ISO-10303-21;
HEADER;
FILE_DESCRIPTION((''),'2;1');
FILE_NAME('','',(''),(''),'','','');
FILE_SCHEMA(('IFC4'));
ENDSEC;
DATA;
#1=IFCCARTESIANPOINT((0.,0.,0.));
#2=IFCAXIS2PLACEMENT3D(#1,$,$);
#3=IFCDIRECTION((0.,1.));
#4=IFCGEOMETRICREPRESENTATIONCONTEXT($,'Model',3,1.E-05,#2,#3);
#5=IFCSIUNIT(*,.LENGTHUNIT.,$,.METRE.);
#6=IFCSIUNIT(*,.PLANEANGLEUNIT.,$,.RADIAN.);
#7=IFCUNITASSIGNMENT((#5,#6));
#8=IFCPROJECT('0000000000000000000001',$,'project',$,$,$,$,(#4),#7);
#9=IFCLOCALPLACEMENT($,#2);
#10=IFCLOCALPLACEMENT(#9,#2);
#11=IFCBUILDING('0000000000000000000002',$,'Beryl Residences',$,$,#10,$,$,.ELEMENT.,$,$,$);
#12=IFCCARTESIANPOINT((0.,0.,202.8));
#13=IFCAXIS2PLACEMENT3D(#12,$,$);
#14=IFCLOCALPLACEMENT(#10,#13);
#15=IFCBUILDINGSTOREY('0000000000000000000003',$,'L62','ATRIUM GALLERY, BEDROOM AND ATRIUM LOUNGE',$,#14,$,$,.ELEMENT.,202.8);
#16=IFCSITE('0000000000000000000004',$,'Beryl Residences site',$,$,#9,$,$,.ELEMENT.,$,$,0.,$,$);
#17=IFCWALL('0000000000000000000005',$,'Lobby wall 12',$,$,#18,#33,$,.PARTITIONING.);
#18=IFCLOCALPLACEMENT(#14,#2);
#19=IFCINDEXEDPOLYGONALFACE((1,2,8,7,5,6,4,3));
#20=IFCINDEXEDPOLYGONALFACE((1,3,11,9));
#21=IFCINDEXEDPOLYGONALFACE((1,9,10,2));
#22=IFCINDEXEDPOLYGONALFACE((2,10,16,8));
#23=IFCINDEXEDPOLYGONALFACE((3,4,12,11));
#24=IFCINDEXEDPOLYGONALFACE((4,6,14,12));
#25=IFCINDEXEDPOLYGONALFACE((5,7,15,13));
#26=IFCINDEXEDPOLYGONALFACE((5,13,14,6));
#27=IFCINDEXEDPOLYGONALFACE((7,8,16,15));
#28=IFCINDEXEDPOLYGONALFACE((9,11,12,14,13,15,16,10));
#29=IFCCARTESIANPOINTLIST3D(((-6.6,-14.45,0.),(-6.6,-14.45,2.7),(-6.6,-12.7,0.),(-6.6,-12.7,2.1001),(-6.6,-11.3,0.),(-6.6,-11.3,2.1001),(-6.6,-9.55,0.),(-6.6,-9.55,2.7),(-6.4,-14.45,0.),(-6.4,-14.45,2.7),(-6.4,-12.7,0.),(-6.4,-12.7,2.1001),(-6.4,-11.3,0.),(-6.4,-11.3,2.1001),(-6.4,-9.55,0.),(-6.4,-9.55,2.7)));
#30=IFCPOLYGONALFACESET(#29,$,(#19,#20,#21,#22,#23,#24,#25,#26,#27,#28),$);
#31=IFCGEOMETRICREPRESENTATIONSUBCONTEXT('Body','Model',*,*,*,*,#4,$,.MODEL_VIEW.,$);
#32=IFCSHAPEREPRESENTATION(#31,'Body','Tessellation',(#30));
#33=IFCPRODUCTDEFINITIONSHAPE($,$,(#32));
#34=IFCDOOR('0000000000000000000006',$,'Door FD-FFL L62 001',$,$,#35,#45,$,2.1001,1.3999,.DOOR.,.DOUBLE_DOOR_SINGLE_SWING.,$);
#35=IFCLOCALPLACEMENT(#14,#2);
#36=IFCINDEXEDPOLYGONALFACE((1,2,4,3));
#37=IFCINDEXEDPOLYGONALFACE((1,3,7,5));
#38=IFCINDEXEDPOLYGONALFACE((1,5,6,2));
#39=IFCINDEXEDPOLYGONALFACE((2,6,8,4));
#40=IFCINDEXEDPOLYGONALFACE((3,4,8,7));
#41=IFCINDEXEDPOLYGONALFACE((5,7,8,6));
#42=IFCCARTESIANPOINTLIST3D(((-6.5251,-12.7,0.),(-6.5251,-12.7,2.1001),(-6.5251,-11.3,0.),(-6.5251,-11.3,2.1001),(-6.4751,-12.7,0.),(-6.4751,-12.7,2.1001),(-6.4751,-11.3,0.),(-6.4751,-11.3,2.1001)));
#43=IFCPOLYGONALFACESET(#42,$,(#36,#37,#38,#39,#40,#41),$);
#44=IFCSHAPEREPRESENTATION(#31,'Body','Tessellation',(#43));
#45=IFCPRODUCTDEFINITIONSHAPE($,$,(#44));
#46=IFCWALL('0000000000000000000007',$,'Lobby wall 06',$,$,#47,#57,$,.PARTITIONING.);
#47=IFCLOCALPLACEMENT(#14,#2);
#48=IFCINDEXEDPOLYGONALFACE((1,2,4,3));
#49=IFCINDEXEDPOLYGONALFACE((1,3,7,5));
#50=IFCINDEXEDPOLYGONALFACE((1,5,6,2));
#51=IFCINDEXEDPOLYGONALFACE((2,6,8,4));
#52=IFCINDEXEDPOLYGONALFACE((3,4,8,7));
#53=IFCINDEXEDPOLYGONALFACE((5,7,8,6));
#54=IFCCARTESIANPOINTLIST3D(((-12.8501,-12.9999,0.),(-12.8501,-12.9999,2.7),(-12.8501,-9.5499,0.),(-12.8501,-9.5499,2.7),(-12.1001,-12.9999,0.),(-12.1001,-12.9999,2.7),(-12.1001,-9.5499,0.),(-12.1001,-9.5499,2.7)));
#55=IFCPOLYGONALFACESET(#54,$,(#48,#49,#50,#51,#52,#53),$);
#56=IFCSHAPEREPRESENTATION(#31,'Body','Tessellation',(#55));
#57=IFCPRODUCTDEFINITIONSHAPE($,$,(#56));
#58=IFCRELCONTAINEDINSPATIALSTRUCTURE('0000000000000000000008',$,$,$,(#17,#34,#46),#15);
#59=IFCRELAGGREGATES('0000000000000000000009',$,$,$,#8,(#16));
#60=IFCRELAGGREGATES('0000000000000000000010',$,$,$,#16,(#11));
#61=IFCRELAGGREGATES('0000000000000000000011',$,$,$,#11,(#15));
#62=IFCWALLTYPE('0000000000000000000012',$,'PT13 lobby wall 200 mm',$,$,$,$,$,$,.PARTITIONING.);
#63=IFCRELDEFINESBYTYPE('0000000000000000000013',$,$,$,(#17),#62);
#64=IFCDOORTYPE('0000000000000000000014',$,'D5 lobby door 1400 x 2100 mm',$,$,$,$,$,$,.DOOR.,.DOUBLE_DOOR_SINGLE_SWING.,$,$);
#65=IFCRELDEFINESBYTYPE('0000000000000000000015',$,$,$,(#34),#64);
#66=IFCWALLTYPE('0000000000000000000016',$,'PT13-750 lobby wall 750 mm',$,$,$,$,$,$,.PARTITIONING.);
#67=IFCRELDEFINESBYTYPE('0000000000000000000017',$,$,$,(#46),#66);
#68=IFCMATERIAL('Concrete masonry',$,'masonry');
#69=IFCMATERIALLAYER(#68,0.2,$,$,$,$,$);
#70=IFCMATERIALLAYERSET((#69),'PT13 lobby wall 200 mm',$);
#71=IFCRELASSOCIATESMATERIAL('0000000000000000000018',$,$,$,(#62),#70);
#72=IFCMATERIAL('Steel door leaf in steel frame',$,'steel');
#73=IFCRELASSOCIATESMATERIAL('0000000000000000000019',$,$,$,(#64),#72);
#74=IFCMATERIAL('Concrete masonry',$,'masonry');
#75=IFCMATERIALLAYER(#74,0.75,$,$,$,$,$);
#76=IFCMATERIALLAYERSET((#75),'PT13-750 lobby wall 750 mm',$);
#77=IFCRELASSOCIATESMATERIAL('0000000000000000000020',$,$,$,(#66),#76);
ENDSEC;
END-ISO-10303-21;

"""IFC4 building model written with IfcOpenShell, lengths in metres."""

from ifc_helpers import new_model, si_unit, direction, frame, frame_2d, origin, place, context, subcontext, project, spatial, rectangle, extrude, material, layer, layer_set, type_object, element, fill, save


model = new_model("IFC4")

# Units and contexts
model_context = context("Model", 3, precision=1e-05, world=origin(), true_north=direction((0.0, 1.0)))
body_context = subcontext(model_context, "Body", "Model", "MODEL_VIEW")
ifc_project = project(units=[si_unit("LENGTHUNIT", "METRE"), si_unit("PLANEANGLEUNIT", "RADIAN")], contexts=[model_context])

# Site, building, storey
site_placement = place(None, origin())
site = spatial("IfcSite", under=ifc_project, at=site_placement, Name="Beryl Residences site", CompositionType="ELEMENT", RefElevation=0.0)
building_placement = place(site_placement, origin())
building = spatial("IfcBuilding", under=site, at=building_placement, Name="Beryl Residences", CompositionType="ELEMENT")
storey_placement = place(building_placement, frame((0.0, 0.0, 202.8)))
storey = spatial("IfcBuildingStorey", under=building, at=storey_placement, Name="L62", Description="ATRIUM GALLERY, BEDROOM AND ATRIUM LOUNGE", CompositionType="ELEMENT", Elevation=202.8)

# Wall, opening, door
ifc_material_1 = material(Name="Concrete masonry", Category="masonry")
ifc_layer_1 = layer(ifc_material_1, 0.2)
ifc_layer_set_1 = layer_set([ifc_layer_1], Name="PT13 lobby wall 200 mm")
wall_type_1 = type_object("IfcWallType", Name="PT13 lobby wall 200 mm", PredefinedType="PARTITIONING", material=ifc_layer_set_1)
wall_1_placement = place(storey_placement, frame((-6.5, -14.45, 0.0), z_axis=(0.0, 0.0, 1.0), x_axis=(0.0, 1.0, 0.0)))
wall_1 = element("IfcWall", 1, at=wall_1_placement, inside=storey, type_object=wall_type_1, Name="Lobby wall 12", PredefinedType="PARTITIONING", context=body_context, shape_type="SweptSolid", body=[
    extrude(rectangle(XDim=4.8999, YDim=0.2, at=frame_2d((2.45, 0.0))), origin(), (0.0, 0.0, 1.0), 2.7),
])
opening_1_placement = place(wall_1_placement, frame((3.1499, 0.0, 0.0), z_axis=(0.0, 0.0, 1.0), x_axis=(-1.0, 0.0, 0.0)))
opening_1 = element("IfcOpeningElement", 2, at=opening_1_placement, cuts=wall_1, PredefinedType="OPENING", context=body_context, shape_type="SweptSolid", body=[
    extrude(rectangle(XDim=1.3999, YDim=2.1001, at=frame_2d((0.7, 1.05))), frame((0.0, 0.1099, 0.0), z_axis=(0.0, -1.0, 0.0), x_axis=(1.0, 0.0, 0.0)), (0.0, 0.0, 1.0), 0.22),
])
ifc_material_2 = material(Name="Steel door leaf in steel frame", Category="steel")
door_type_1 = type_object("IfcDoorType", Name="D5 lobby door 1400 x 2100 mm", OperationType="DOUBLE_DOOR_SINGLE_SWING", PredefinedType="DOOR", material=ifc_material_2)
door_1_placement = place(opening_1_placement, origin())
door_1 = element("IfcDoor", 3, at=door_1_placement, inside=storey, type_object=door_type_1, Name="Door FD-FFL L62 001", OperationType="DOUBLE_DOOR_SINGLE_SWING", OverallHeight=2.1001, OverallWidth=1.3999, PredefinedType="DOOR", context=body_context, shape_type="SweptSolid", body=[
    extrude(rectangle(XDim=1.3999, YDim=2.1001, at=frame_2d((0.7, 1.05))), frame((0.0, 0.0249, 0.0), z_axis=(0.0, -1.0, 0.0), x_axis=(1.0, 0.0, 0.0)), (0.0, 0.0, 1.0), 0.05),
])
fill(opening_1, door_1)

# Wall
ifc_material_3 = material(Name="Concrete masonry", Category="masonry")
ifc_layer_2 = layer(ifc_material_3, 0.75)
ifc_layer_set_2 = layer_set([ifc_layer_2], Name="PT13-750 lobby wall 750 mm")
wall_type_2 = type_object("IfcWallType", Name="PT13-750 lobby wall 750 mm", PredefinedType="PARTITIONING", material=ifc_layer_set_2)
wall_2_placement = place(storey_placement, frame((-12.4751, -13.0, 0.0), z_axis=(0.0, 0.0, 1.0), x_axis=(0.0, 1.0, 0.0)))
element("IfcWall", 4, at=wall_2_placement, inside=storey, type_object=wall_type_2, Name="Lobby wall 06", PredefinedType="PARTITIONING", context=body_context, shape_type="SweptSolid", body=[
    extrude(rectangle(XDim=3.45, YDim=0.75, at=frame_2d((1.7251, 0.0))), origin(), (0.0, 0.0, 1.0), 2.7),
])

save(model, "model.ifc")
